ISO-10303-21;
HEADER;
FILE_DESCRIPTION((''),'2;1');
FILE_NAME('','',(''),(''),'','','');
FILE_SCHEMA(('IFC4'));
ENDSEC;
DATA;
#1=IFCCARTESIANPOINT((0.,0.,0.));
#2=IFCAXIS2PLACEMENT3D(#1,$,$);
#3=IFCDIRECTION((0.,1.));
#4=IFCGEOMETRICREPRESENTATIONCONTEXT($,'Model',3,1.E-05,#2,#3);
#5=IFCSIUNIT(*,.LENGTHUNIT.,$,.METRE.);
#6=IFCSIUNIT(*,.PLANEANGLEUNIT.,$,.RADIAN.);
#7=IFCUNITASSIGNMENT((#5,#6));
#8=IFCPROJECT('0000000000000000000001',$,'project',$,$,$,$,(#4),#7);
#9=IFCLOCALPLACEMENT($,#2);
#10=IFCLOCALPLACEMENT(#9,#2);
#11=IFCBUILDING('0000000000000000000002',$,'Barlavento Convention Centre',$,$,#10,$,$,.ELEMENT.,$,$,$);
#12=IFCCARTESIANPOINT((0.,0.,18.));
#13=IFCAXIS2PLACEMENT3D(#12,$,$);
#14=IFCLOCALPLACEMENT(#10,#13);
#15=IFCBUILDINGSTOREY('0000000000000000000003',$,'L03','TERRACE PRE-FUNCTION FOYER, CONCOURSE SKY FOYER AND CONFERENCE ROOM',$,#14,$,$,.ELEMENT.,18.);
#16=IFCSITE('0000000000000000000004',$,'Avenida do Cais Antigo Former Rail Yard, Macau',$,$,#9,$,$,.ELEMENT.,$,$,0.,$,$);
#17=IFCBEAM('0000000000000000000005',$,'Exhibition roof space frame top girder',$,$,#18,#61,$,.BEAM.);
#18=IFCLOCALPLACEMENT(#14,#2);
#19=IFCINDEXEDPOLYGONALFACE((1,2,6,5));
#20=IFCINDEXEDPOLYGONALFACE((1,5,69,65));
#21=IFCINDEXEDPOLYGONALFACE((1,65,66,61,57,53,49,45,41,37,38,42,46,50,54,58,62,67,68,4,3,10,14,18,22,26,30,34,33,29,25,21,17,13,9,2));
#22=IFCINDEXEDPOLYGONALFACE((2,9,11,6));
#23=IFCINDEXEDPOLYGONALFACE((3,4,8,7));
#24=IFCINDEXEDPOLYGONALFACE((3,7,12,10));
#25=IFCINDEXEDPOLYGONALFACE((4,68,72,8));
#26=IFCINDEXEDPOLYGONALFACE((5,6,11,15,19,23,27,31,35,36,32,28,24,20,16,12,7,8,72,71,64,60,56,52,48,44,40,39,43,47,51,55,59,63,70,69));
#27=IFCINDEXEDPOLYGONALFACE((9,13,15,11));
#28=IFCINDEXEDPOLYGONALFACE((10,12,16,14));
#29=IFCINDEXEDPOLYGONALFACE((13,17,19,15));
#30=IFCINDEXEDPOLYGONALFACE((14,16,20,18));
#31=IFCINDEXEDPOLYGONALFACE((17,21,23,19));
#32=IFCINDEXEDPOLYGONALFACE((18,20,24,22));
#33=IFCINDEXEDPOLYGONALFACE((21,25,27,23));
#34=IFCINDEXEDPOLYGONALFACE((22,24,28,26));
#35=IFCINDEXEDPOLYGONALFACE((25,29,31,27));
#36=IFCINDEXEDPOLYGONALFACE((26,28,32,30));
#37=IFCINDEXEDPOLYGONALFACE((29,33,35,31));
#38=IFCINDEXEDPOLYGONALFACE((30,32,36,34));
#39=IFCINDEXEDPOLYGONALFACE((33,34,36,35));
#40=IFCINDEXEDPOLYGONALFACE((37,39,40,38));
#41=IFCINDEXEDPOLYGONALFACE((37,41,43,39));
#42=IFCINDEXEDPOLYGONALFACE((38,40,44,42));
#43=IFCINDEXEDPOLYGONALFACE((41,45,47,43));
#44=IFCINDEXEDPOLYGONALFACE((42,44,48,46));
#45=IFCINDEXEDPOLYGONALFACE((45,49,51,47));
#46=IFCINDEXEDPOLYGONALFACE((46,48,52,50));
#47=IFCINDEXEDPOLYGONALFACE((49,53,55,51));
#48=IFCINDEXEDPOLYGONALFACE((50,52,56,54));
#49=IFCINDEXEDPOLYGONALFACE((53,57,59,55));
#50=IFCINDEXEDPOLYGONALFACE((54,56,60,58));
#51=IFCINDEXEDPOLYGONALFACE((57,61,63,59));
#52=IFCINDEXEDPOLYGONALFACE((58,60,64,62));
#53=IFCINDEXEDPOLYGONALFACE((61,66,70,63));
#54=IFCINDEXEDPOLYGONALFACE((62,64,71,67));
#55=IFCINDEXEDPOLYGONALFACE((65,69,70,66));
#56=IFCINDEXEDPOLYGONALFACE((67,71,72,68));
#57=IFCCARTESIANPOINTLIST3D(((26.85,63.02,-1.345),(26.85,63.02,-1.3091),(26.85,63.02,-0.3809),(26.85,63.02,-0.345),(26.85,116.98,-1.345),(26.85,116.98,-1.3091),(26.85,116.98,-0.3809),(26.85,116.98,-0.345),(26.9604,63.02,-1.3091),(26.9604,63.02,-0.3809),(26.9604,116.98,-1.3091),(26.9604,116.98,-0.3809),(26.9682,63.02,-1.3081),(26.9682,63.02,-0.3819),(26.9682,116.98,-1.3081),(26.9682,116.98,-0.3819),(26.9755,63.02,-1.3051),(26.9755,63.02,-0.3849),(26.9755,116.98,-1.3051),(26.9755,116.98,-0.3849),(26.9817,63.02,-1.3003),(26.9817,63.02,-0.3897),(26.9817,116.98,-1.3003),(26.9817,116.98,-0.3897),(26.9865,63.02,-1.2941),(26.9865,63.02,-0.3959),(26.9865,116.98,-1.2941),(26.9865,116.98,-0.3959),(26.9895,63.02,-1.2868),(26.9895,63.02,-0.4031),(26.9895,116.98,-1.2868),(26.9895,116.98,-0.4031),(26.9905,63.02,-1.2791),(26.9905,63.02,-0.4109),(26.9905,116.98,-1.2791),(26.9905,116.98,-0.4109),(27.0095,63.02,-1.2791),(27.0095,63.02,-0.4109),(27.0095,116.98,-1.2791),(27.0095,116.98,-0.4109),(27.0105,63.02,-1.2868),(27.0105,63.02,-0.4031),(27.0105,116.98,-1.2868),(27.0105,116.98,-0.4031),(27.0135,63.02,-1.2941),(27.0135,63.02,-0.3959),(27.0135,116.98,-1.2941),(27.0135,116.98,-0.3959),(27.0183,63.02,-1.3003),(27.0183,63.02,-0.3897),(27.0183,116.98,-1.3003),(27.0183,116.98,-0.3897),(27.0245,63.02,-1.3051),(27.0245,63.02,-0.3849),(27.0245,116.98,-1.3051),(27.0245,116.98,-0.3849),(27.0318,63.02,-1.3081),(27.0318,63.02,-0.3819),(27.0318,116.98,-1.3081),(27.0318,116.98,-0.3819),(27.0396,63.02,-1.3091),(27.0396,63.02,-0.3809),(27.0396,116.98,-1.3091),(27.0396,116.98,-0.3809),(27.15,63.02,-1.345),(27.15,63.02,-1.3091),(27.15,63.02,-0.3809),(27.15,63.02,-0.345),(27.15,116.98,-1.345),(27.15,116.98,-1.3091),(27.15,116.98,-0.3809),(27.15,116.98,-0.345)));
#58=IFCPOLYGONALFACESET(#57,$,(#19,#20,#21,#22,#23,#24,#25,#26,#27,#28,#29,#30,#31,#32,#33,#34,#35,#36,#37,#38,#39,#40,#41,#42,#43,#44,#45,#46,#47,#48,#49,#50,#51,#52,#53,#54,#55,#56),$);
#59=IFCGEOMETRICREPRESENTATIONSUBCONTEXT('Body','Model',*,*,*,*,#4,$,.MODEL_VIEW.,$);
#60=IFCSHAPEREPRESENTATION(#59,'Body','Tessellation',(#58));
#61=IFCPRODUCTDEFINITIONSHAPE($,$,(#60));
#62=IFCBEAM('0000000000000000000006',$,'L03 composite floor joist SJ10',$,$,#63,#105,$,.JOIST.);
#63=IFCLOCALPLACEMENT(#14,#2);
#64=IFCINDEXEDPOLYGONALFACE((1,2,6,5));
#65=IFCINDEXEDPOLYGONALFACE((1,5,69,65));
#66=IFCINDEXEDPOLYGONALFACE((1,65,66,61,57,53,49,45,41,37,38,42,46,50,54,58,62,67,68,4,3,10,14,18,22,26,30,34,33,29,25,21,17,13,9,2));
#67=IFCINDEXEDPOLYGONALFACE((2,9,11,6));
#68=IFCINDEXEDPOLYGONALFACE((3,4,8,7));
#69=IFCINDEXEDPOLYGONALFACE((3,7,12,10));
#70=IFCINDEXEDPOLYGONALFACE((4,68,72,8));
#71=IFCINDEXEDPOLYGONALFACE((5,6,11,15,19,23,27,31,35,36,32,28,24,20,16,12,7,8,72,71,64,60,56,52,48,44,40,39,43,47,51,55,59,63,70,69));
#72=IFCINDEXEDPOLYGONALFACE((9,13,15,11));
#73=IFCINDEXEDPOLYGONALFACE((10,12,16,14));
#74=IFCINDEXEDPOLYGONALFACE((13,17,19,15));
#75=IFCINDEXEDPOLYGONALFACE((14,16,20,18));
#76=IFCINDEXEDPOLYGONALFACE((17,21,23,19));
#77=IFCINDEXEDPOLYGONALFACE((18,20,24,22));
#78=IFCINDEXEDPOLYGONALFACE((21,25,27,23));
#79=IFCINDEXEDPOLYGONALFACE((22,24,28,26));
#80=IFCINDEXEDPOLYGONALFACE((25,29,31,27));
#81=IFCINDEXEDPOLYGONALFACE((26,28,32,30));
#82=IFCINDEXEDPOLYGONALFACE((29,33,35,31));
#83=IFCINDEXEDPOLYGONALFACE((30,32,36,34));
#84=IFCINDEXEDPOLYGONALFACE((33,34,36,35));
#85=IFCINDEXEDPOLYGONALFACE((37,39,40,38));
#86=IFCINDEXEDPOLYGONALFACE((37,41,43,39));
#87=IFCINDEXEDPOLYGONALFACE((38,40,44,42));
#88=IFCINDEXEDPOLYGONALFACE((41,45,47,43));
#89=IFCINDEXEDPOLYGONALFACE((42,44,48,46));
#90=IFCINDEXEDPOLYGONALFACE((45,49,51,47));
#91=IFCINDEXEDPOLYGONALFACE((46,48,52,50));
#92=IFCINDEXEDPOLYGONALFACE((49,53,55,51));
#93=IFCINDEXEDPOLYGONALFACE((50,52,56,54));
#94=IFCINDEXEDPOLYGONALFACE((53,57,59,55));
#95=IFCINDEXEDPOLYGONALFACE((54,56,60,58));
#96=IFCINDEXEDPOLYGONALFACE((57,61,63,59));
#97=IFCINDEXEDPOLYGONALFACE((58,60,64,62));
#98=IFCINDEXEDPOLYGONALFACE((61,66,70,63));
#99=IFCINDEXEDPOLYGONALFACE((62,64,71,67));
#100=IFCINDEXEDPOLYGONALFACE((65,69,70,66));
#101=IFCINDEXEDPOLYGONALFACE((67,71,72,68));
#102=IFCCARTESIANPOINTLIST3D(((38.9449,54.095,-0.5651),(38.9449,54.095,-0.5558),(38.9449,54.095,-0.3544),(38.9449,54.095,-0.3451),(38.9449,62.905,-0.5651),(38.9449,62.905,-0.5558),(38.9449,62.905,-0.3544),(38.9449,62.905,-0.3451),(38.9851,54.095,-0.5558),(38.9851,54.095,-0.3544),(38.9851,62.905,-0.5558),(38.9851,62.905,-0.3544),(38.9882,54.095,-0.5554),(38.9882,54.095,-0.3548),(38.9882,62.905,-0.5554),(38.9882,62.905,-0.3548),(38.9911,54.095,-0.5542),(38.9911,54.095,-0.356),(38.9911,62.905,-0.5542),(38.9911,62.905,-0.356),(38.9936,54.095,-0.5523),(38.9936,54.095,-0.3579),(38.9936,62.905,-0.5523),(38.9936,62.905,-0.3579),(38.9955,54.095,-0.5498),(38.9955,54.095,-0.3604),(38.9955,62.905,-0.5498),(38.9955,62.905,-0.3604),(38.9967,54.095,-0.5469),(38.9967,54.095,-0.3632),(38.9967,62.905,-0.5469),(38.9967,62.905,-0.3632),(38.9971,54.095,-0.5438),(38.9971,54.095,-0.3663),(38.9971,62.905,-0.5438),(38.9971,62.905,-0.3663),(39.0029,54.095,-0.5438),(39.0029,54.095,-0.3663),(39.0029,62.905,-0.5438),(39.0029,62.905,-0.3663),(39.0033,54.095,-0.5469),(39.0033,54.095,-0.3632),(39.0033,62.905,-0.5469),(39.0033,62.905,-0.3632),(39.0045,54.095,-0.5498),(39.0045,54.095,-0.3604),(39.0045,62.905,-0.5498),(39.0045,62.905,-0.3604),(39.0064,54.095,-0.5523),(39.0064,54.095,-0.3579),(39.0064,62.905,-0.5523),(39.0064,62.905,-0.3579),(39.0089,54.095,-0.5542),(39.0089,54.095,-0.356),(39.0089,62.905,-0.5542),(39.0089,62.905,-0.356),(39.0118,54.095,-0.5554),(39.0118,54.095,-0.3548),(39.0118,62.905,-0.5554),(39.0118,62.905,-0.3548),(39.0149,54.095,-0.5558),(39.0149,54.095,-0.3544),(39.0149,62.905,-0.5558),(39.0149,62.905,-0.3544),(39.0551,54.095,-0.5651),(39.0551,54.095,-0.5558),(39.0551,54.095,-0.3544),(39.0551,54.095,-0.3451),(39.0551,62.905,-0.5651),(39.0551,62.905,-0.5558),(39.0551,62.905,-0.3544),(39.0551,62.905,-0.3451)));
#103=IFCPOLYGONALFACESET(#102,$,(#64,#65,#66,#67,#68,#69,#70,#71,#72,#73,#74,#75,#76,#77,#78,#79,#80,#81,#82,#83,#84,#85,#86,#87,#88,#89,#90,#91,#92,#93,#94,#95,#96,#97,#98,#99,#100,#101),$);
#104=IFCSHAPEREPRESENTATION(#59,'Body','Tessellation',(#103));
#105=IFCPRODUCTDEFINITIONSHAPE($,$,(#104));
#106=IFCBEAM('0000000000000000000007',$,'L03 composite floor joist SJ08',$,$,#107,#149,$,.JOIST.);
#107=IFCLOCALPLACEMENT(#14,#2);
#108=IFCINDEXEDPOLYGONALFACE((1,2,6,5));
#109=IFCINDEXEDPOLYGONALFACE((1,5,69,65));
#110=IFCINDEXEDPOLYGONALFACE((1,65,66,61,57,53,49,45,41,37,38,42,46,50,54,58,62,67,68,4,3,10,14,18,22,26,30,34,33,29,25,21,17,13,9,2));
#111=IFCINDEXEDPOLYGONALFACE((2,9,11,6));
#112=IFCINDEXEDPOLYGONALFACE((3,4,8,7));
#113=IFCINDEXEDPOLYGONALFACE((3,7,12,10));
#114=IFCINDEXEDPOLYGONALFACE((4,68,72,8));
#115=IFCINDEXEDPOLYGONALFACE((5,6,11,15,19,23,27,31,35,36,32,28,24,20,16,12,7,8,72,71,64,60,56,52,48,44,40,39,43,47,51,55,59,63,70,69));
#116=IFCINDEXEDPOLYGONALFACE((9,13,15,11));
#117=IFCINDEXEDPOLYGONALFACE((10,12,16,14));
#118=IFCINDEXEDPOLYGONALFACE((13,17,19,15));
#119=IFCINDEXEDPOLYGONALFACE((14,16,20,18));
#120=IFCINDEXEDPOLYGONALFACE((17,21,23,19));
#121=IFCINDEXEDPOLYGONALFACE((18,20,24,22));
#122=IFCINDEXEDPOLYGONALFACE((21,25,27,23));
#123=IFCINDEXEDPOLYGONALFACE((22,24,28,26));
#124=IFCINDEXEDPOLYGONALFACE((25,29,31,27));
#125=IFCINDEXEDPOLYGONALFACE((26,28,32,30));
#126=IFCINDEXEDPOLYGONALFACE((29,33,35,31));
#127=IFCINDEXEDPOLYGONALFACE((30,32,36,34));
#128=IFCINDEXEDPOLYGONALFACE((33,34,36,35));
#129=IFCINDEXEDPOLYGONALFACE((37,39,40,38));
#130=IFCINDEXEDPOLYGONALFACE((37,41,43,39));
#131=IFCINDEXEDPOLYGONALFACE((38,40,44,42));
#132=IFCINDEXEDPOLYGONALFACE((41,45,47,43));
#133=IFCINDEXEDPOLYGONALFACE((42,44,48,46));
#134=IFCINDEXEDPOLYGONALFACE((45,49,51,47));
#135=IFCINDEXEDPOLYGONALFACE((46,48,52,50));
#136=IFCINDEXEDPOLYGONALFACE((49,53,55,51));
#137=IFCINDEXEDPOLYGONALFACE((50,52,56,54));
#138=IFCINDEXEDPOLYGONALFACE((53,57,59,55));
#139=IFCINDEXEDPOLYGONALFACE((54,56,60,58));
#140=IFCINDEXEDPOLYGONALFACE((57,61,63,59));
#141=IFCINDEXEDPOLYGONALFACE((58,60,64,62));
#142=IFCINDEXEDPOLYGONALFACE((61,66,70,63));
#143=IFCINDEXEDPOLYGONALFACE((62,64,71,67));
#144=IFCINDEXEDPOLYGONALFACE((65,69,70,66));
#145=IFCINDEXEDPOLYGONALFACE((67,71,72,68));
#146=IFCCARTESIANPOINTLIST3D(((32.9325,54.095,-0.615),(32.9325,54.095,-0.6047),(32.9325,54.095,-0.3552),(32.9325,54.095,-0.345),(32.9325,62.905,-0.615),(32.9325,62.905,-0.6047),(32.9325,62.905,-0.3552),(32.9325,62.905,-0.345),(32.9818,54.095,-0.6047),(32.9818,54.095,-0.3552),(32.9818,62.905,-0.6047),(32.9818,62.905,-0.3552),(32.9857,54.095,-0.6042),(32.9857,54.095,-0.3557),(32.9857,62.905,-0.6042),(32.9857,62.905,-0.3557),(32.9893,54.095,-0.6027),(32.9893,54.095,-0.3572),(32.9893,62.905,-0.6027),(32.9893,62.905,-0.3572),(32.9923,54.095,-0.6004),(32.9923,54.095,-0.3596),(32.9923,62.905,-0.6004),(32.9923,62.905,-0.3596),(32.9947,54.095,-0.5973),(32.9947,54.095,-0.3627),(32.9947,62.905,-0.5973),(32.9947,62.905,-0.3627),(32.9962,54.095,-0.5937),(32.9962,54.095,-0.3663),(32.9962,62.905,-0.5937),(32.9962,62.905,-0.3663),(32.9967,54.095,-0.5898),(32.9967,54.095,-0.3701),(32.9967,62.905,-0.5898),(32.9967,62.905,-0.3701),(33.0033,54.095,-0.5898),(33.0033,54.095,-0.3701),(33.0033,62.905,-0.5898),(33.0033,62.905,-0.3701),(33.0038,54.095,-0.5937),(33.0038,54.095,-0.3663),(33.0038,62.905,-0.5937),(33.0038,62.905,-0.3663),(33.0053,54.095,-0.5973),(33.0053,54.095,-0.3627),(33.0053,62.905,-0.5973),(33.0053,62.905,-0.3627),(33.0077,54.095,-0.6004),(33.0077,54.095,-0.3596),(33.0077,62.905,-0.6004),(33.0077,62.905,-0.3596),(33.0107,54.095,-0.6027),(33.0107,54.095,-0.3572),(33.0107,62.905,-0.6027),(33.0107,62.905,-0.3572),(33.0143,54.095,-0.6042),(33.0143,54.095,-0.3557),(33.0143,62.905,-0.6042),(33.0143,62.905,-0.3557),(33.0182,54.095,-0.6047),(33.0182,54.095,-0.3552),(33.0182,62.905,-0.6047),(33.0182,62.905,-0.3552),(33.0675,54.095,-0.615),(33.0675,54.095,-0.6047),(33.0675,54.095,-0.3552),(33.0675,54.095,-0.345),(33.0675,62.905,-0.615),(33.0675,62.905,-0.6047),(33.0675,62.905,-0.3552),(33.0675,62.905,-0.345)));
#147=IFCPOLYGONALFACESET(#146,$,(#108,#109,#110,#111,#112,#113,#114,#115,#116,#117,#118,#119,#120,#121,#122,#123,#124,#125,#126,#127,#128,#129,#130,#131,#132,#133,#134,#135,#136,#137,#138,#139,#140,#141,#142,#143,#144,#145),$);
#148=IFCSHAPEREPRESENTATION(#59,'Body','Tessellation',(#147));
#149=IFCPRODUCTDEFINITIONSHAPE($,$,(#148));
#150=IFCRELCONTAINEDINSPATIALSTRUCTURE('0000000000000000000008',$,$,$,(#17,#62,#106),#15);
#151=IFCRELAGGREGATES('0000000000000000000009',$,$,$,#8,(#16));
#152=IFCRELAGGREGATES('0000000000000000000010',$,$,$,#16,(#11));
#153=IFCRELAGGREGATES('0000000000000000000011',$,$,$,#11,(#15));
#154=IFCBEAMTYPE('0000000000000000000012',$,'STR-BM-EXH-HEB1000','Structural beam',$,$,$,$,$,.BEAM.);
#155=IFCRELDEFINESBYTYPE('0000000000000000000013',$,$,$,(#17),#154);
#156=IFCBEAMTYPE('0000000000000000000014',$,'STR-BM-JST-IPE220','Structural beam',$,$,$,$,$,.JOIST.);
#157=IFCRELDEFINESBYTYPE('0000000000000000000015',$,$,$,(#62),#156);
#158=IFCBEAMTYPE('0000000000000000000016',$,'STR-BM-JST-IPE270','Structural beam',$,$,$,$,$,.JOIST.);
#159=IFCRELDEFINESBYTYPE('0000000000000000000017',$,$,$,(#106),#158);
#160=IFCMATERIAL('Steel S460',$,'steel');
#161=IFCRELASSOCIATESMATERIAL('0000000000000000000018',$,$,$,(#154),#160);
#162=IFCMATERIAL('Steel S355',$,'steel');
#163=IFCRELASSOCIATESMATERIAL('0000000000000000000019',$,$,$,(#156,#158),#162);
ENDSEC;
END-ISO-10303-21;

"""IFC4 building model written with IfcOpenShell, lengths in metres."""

from ifc_helpers import new_model, si_unit, direction, frame, origin, origin_2d, place, context, subcontext, project, spatial, i_section, extrude, material, material_profile, profile_set, type_object, element, save


model = new_model("IFC4")

# Units and contexts
model_context = context("Model", 3, precision=1e-05, world=origin(), true_north=direction((0.0, 1.0)))
body_context = subcontext(model_context, "Body", "Model", "MODEL_VIEW")
ifc_project = project(units=[si_unit("LENGTHUNIT", "METRE"), si_unit("PLANEANGLEUNIT", "RADIAN")], contexts=[model_context])

# Site, building, storey
site_placement = place(None, origin())
site = spatial("IfcSite", under=ifc_project, at=site_placement, Name="Avenida do Cais Antigo Former Rail Yard, Macau", CompositionType="ELEMENT", RefElevation=0.0)
building_placement = place(site_placement, origin())
building = spatial("IfcBuilding", under=site, at=building_placement, Name="Barlavento Convention Centre", CompositionType="ELEMENT")
storey_placement = place(building_placement, frame((0.0, 0.0, 18.0)))
storey = spatial("IfcBuildingStorey", under=building, at=storey_placement, Name="L03", Description="TERRACE PRE-FUNCTION FOYER, CONCOURSE SKY FOYER AND CONFERENCE ROOM", CompositionType="ELEMENT", Elevation=18.0)

# Beams
ifc_material_1 = material(Name="Steel S460", Category="steel")
ifc_material_profile_1 = material_profile(ifc_material_1, i_section(OverallWidth=0.3, OverallDepth=1.0, WebThickness=0.019, FlangeThickness=0.0359, FilletRadius=0.03, at=origin_2d()), Name="HEB 1000")
ifc_profile_set_1 = profile_set([ifc_material_profile_1], Name="Steel S460")
beam_type_1 = type_object("IfcBeamType", Name="STR-BM-EXH-HEB1000", Description="Structural beam", PredefinedType="BEAM", material=ifc_profile_set_1)
beam_1_placement = place(storey_placement, frame((27.0, 63.02, -0.845), z_axis=(0.0, 1.0, 0.0), x_axis=(-1.0, 0.0, 0.0)))
element("IfcBeam", 1, at=beam_1_placement, inside=storey, type_object=beam_type_1, Name="Exhibition roof space frame top girder", PredefinedType="BEAM", context=body_context, shape_type="SweptSolid", body=[
    extrude(i_section(OverallWidth=0.3, OverallDepth=1.0, WebThickness=0.019, FlangeThickness=0.0359, FilletRadius=0.03, at=origin_2d()), origin(), (0.0, 0.0, 1.0), 53.96),
])
ifc_material_2 = material(Name="Steel S355", Category="steel")
ifc_material_profile_2 = material_profile(ifc_material_2, i_section(OverallWidth=0.1101, OverallDepth=0.22, WebThickness=0.0059, FlangeThickness=0.0093, FilletRadius=0.012, at=origin_2d()), Name="IPE 220")
ifc_profile_set_2 = profile_set([ifc_material_profile_2], Name="Steel S355")
beam_type_2 = type_object("IfcBeamType", Name="STR-BM-JST-IPE220", Description="Structural beam", PredefinedType="JOIST", material=ifc_profile_set_2)
beam_2_placement = place(storey_placement, frame((39.0, 54.095, -0.4551), z_axis=(0.0, 1.0, 0.0), x_axis=(-1.0, 0.0, 0.0)))
element("IfcBeam", 2, at=beam_2_placement, inside=storey, type_object=beam_type_2, Name="L03 composite floor joist SJ10", PredefinedType="JOIST", context=body_context, shape_type="SweptSolid", body=[
    extrude(i_section(OverallWidth=0.1101, OverallDepth=0.22, WebThickness=0.0059, FlangeThickness=0.0093, FilletRadius=0.012, at=origin_2d()), origin(), (0.0, 0.0, 1.0), 8.8101),
])
ifc_material_profile_3 = material_profile(ifc_material_2, i_section(OverallWidth=0.135, OverallDepth=0.27, WebThickness=0.0066, FlangeThickness=0.0103, FilletRadius=0.0149, at=origin_2d()), Name="IPE 270")
ifc_profile_set_3 = profile_set([ifc_material_profile_3], Name="Steel S355")
beam_type_3 = type_object("IfcBeamType", Name="STR-BM-JST-IPE270", Description="Structural beam", PredefinedType="JOIST", material=ifc_profile_set_3)
beam_3_placement = place(storey_placement, frame((33.0, 54.095, -0.48), z_axis=(0.0, 1.0, 0.0), x_axis=(-1.0, 0.0, 0.0)))
element("IfcBeam", 3, at=beam_3_placement, inside=storey, type_object=beam_type_3, Name="L03 composite floor joist SJ08", PredefinedType="JOIST", context=body_context, shape_type="SweptSolid", body=[
    extrude(i_section(OverallWidth=0.135, OverallDepth=0.27, WebThickness=0.0066, FlangeThickness=0.0103, FilletRadius=0.0149, at=origin_2d()), origin(), (0.0, 0.0, 1.0), 8.8101),
])

save(model, "model.ifc")
